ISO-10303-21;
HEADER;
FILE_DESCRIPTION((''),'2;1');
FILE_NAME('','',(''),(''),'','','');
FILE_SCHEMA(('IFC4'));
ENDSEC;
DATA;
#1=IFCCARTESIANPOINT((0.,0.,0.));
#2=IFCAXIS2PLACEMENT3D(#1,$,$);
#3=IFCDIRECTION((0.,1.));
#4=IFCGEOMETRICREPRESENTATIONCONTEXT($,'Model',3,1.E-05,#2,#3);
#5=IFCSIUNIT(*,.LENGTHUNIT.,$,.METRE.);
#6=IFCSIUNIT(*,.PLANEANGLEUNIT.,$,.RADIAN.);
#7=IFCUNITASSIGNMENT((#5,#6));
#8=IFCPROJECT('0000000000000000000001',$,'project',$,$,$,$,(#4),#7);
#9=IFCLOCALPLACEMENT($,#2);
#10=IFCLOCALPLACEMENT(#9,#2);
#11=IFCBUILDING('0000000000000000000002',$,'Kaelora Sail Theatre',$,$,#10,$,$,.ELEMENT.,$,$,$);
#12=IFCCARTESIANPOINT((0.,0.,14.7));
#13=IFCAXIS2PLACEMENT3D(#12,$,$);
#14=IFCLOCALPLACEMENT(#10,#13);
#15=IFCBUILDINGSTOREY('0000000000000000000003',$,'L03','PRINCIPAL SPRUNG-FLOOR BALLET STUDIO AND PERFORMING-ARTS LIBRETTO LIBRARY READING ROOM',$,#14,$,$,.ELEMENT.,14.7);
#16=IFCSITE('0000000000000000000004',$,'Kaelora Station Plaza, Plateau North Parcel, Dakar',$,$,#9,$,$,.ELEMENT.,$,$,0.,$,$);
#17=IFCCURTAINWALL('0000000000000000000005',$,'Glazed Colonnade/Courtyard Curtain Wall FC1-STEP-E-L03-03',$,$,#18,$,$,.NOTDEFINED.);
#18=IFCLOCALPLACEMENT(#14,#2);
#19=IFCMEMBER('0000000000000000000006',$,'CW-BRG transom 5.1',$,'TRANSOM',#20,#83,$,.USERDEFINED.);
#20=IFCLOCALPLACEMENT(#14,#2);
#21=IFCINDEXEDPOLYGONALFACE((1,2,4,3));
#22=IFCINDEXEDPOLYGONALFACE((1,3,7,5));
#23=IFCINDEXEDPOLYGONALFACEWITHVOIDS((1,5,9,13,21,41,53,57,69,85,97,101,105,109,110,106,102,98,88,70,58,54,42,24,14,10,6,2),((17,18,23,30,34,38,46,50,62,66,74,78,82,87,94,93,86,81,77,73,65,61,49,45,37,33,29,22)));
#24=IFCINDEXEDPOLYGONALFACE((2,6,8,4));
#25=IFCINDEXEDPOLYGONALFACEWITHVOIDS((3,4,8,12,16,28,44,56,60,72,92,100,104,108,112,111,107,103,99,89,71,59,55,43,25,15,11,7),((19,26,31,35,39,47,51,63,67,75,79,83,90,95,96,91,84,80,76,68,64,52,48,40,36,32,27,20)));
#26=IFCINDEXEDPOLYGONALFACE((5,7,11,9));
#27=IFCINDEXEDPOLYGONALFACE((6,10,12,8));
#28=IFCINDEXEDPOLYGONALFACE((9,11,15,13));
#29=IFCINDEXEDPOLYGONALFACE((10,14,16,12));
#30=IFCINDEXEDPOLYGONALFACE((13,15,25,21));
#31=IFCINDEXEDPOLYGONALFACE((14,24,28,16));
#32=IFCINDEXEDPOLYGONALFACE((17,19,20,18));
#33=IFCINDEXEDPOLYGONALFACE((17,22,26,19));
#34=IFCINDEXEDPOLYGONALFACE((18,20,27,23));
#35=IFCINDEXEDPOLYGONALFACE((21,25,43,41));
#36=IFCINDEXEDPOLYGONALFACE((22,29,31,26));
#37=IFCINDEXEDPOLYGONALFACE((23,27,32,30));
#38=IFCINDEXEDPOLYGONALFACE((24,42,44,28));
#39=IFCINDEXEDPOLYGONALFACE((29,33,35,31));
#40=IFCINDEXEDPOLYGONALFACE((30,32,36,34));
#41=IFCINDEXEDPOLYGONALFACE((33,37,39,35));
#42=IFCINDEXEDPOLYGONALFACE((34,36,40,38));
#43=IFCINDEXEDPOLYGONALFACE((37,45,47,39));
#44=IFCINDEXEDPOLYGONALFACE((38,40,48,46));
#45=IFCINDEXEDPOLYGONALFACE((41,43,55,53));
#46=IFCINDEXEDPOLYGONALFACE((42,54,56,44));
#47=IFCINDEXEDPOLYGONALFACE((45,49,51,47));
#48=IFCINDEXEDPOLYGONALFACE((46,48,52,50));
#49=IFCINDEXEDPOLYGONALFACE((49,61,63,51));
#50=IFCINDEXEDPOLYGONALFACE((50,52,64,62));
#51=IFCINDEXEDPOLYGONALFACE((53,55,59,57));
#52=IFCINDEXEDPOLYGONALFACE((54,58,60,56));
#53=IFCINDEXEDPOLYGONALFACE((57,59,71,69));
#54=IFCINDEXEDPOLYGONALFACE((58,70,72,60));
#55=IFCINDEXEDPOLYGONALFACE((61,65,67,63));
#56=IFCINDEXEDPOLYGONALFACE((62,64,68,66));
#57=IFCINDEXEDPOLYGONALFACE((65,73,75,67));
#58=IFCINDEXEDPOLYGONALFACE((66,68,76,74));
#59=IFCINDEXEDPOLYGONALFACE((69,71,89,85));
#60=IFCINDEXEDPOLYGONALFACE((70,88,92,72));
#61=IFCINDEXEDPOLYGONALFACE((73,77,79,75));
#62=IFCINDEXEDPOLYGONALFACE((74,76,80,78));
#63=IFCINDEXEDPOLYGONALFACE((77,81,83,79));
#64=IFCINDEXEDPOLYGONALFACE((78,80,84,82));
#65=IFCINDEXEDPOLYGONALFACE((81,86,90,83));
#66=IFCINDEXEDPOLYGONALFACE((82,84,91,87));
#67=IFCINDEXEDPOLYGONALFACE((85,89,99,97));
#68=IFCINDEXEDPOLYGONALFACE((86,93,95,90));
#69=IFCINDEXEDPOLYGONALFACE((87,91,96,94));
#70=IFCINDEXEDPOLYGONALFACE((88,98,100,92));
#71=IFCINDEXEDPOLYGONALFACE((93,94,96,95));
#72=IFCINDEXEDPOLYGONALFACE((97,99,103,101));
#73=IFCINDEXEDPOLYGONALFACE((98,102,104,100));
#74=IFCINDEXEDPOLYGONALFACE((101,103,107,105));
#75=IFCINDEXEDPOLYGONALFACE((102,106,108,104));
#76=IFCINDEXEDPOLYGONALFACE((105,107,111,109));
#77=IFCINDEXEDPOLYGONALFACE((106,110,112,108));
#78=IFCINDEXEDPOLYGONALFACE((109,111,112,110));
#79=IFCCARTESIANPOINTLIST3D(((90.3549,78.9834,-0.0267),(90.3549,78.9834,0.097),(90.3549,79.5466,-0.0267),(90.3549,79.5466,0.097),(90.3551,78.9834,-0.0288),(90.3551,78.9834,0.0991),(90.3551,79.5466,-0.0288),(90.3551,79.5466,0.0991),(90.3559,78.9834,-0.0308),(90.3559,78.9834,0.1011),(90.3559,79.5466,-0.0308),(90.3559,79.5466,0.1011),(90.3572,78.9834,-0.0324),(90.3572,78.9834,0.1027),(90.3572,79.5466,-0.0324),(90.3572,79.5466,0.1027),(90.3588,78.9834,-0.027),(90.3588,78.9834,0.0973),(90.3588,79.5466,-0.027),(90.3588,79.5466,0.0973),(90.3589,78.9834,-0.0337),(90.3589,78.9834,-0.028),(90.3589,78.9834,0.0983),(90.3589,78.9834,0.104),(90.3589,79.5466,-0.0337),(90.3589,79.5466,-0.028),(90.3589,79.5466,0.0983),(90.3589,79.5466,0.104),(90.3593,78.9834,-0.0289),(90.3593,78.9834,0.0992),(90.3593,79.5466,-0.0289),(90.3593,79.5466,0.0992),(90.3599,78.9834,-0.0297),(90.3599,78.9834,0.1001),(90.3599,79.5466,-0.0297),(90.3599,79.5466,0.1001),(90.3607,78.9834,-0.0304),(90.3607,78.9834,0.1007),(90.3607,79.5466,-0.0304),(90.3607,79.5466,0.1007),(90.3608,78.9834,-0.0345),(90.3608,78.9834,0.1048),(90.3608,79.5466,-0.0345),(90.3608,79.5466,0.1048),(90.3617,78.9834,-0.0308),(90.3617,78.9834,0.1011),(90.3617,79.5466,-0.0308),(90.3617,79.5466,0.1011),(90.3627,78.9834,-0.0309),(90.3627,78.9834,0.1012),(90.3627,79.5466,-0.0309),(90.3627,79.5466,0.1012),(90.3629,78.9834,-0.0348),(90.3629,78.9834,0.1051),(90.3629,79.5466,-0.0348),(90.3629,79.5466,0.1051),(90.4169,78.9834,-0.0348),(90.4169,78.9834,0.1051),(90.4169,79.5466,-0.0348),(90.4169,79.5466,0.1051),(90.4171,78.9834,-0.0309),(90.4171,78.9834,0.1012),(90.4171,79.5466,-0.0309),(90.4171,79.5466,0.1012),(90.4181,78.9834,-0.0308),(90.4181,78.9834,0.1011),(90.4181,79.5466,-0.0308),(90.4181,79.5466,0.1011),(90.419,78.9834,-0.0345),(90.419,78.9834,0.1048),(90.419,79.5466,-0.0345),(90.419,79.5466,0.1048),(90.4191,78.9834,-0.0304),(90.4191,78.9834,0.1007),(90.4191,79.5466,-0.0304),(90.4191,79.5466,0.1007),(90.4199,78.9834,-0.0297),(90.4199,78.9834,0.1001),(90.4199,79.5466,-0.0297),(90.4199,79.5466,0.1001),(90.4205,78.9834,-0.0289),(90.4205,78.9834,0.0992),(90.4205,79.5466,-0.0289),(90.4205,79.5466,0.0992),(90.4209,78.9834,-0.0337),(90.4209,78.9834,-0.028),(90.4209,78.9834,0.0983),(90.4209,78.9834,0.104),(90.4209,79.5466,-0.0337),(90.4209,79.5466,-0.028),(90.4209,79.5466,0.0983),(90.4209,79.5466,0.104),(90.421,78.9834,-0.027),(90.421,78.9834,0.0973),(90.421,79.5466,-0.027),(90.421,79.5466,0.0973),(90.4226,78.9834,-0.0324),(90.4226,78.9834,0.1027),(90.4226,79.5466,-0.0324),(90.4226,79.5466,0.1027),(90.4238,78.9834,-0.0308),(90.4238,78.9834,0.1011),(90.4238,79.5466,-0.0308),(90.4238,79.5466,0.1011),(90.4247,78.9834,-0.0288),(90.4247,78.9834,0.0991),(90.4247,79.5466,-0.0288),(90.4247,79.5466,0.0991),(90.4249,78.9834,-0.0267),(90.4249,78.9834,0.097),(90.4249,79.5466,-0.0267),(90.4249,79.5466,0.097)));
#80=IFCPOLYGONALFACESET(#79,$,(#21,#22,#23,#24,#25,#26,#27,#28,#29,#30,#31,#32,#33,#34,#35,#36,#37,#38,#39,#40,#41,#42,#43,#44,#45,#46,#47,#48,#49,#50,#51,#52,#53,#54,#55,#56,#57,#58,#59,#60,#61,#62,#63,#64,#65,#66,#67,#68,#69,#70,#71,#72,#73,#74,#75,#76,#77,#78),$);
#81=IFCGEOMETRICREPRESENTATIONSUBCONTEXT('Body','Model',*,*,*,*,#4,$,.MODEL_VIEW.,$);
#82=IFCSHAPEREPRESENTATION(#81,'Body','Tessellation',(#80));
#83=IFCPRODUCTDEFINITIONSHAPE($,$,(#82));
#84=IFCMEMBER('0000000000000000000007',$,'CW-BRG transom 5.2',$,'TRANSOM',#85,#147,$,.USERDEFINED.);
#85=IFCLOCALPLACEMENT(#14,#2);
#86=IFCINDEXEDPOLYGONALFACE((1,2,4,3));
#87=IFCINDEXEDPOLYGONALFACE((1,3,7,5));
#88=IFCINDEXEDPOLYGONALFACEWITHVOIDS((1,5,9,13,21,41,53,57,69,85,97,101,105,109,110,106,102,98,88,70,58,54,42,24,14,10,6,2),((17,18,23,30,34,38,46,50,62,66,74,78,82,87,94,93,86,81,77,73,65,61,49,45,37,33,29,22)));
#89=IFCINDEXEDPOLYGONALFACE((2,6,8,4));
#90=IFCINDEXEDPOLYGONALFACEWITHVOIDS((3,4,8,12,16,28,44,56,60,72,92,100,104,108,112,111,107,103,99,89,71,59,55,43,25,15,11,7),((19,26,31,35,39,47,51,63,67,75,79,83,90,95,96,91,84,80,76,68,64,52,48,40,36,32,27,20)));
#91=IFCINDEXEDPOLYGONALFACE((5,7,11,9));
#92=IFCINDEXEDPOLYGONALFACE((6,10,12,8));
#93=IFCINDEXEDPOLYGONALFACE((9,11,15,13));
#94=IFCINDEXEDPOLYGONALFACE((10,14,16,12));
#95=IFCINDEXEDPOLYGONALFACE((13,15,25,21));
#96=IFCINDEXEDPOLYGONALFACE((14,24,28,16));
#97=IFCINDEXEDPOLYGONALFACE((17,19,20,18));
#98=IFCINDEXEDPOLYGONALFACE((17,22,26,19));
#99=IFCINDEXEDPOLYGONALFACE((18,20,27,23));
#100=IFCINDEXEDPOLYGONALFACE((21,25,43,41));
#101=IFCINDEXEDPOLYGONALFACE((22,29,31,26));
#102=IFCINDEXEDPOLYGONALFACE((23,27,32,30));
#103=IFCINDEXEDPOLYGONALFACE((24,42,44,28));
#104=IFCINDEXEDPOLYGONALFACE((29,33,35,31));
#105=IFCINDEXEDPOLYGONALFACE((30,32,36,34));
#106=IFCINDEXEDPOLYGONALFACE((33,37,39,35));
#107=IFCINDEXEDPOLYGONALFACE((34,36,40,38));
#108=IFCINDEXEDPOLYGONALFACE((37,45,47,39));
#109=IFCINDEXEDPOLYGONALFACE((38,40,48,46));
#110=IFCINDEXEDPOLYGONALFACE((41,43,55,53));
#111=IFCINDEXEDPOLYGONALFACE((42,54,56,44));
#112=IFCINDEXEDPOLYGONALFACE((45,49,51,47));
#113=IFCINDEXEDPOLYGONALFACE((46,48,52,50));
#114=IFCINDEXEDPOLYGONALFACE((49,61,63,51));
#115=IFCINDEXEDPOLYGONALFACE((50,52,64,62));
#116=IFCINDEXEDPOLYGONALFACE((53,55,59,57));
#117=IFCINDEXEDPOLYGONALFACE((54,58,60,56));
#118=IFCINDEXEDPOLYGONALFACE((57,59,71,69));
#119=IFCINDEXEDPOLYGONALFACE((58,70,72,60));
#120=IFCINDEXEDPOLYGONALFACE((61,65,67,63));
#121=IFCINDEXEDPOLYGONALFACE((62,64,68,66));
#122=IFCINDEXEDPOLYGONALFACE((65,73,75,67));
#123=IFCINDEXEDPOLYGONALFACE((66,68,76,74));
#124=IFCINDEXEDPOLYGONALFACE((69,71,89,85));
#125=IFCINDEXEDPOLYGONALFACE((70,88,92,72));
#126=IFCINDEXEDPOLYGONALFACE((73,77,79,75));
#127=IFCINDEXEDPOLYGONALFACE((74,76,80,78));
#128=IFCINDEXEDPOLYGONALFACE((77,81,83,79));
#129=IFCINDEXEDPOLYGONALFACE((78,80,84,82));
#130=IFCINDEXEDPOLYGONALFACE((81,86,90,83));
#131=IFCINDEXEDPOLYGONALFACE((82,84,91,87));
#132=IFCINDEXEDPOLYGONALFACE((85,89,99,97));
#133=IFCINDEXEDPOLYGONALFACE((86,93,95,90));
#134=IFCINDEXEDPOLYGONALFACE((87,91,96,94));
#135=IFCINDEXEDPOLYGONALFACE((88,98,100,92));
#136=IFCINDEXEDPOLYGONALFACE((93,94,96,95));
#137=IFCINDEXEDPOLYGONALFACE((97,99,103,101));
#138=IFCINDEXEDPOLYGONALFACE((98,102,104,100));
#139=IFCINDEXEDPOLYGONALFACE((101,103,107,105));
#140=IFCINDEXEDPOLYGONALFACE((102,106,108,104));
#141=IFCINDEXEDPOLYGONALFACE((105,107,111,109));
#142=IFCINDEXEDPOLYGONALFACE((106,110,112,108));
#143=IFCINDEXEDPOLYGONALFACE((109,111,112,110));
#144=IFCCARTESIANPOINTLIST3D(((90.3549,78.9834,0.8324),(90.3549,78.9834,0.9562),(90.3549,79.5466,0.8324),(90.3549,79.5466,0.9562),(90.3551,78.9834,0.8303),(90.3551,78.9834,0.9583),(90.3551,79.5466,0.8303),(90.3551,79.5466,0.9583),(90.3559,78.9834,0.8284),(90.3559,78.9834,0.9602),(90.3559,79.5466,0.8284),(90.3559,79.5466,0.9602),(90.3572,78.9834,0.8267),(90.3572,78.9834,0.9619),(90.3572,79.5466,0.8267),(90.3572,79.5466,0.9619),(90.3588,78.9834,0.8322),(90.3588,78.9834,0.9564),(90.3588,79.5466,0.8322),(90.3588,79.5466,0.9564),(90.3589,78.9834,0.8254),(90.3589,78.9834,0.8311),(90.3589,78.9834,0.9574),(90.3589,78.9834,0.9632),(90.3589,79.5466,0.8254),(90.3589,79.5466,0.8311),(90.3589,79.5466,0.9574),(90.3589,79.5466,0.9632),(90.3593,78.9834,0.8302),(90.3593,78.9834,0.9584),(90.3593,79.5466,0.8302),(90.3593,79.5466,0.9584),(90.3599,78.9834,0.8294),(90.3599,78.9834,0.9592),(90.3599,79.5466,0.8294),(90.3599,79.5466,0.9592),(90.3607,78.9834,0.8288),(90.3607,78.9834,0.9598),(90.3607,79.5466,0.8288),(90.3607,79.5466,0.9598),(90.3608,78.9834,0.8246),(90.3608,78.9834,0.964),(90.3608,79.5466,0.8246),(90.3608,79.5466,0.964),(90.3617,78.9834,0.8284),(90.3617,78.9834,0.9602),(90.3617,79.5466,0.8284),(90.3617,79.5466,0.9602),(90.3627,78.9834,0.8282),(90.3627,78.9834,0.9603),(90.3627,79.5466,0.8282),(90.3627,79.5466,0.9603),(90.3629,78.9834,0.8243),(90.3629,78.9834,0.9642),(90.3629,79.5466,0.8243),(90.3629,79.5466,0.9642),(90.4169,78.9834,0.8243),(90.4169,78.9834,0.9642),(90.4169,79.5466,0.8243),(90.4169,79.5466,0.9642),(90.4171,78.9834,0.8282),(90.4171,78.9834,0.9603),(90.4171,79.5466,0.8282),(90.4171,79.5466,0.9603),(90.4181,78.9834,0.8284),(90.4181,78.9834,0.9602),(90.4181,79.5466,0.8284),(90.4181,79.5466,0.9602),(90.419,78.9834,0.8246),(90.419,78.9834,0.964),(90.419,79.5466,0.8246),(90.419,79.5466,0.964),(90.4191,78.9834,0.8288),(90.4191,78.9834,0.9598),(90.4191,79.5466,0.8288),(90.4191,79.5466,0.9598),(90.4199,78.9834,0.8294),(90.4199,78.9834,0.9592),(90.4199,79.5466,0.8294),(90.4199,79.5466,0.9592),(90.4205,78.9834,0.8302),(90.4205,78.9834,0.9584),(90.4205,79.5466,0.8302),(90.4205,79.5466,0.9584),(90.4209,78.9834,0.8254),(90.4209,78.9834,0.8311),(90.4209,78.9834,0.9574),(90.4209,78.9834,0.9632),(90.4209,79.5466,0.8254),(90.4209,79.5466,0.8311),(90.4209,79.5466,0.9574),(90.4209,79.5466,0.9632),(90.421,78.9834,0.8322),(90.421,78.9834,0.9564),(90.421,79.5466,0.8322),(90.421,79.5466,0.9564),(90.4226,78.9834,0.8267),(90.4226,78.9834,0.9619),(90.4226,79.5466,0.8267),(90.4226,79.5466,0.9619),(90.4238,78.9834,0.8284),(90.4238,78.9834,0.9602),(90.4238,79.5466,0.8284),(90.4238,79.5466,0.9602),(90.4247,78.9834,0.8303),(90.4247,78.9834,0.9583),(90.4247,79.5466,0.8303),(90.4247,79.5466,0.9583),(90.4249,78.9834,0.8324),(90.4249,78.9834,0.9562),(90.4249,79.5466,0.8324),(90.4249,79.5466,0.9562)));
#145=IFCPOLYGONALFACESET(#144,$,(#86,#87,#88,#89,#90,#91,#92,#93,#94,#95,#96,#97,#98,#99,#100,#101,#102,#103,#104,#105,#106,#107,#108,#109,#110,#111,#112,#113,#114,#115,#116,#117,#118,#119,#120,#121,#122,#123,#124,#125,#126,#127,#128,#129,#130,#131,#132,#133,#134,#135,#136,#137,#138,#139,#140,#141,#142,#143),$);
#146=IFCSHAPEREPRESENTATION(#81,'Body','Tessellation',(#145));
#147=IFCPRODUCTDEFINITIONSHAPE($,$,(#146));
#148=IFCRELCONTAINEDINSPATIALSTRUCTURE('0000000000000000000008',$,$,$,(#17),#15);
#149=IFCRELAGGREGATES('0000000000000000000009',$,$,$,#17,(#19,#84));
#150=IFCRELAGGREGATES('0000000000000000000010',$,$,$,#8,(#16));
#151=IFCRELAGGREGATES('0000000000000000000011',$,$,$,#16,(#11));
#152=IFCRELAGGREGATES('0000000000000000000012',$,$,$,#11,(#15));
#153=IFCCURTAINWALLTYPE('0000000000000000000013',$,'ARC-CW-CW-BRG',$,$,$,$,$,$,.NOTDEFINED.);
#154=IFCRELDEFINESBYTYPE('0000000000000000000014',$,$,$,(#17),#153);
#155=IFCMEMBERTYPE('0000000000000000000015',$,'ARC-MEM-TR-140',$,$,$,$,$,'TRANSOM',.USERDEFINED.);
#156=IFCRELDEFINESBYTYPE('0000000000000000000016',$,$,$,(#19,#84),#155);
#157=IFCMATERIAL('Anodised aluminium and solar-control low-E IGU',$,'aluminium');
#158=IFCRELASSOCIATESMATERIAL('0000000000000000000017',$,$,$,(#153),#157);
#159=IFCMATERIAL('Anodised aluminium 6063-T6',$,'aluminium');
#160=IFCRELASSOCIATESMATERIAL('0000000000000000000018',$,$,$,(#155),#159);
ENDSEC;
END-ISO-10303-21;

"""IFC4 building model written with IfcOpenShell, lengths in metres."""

from ifc_helpers import new_model, si_unit, direction, frame, origin, origin_2d, place, context, subcontext, project, spatial, hollow_rectangle, extrude, material, material_profile, profile_set, type_object, element, aggregate, save


model = new_model("IFC4")

# Units and contexts
model_context = context("Model", 3, precision=1e-05, world=origin(), true_north=direction((0.0, 1.0)))
body_context = subcontext(model_context, "Body", "Model", "MODEL_VIEW")
ifc_project = project(units=[si_unit("LENGTHUNIT", "METRE"), si_unit("PLANEANGLEUNIT", "RADIAN")], contexts=[model_context])

# Site, building, storey
site_placement = place(None, origin())
site = spatial("IfcSite", under=ifc_project, at=site_placement, Name="Kaelora Station Plaza, Plateau North Parcel, Dakar", CompositionType="ELEMENT", RefElevation=0.0)
building_placement = place(site_placement, origin())
building = spatial("IfcBuilding", under=site, at=building_placement, Name="Kaelora Sail Theatre", CompositionType="ELEMENT")
storey_placement = place(building_placement, frame((0.0, 0.0, 14.7)))
storey = spatial("IfcBuildingStorey", under=building, at=storey_placement, Name="L03", Description="PRINCIPAL SPRUNG-FLOOR BALLET STUDIO AND PERFORMING-ARTS LIBRETTO LIBRARY READING ROOM", CompositionType="ELEMENT", Elevation=14.7)

# Curtain wall, members
ifc_material_1 = material(Name="Anodised aluminium and solar-control low-E IGU", Category="aluminium")
curtain_wall_type = type_object("IfcCurtainWallType", Name="ARC-CW-CW-BRG", PredefinedType="NOTDEFINED", material=ifc_material_1)
curtain_wall_placement = place(storey_placement, origin())
curtain_wall = element("IfcCurtainWall", 1, at=curtain_wall_placement, inside=storey, type_object=curtain_wall_type, Name="Glazed Colonnade/Courtyard Curtain Wall FC1-STEP-E-L03-03", PredefinedType="NOTDEFINED")
ifc_material_2 = material(Name="Anodised aluminium 6063-T6", Category="aluminium")
ifc_material_profile_1 = material_profile(ifc_material_2, hollow_rectangle(XDim=0.0701, YDim=0.1399, WallThickness=0.0039, InnerFilletRadius=0.0039, OuterFilletRadius=0.0081, at=origin_2d()), Name="ALU-TRAN 70x140x4")
ifc_profile_set_1 = profile_set([ifc_material_profile_1], Name="Anodised aluminium 6063-T6")
member_type_1 = type_object("IfcMemberType", Name="ARC-MEM-TR-140", ElementType="TRANSOM", PredefinedType="USERDEFINED", material=ifc_profile_set_1)
member_1_placement = place(storey_placement, frame((90.3899, 78.9834, 0.0352), z_axis=(0.0, 1.0, 0.0), x_axis=(-1.0, 0.0, 0.0)))
member_1 = element("IfcMember", 2, at=member_1_placement, type_object=member_type_1, Name="CW-BRG transom 5.1", ObjectType="TRANSOM", PredefinedType="USERDEFINED", context=body_context, shape_type="SweptSolid", body=[
    extrude(hollow_rectangle(XDim=0.0701, YDim=0.1399, WallThickness=0.0039, InnerFilletRadius=0.0039, OuterFilletRadius=0.0081, at=origin_2d()), origin(), (0.0, 0.0, 1.0), 0.5632),
])
member_2_placement = place(storey_placement, frame((90.3899, 78.9834, 0.8943), z_axis=(0.0, 1.0, 0.0), x_axis=(-1.0, 0.0, 0.0)))
member_2 = element("IfcMember", 3, at=member_2_placement, type_object=member_type_1, Name="CW-BRG transom 5.2", ObjectType="TRANSOM", PredefinedType="USERDEFINED", context=body_context, shape_type="SweptSolid", body=[
    extrude(hollow_rectangle(XDim=0.0701, YDim=0.1399, WallThickness=0.0039, InnerFilletRadius=0.0039, OuterFilletRadius=0.0081, at=origin_2d()), origin(), (0.0, 0.0, 1.0), 0.5632),
])
aggregate(curtain_wall, [member_1, member_2])

save(model, "model.ifc")
